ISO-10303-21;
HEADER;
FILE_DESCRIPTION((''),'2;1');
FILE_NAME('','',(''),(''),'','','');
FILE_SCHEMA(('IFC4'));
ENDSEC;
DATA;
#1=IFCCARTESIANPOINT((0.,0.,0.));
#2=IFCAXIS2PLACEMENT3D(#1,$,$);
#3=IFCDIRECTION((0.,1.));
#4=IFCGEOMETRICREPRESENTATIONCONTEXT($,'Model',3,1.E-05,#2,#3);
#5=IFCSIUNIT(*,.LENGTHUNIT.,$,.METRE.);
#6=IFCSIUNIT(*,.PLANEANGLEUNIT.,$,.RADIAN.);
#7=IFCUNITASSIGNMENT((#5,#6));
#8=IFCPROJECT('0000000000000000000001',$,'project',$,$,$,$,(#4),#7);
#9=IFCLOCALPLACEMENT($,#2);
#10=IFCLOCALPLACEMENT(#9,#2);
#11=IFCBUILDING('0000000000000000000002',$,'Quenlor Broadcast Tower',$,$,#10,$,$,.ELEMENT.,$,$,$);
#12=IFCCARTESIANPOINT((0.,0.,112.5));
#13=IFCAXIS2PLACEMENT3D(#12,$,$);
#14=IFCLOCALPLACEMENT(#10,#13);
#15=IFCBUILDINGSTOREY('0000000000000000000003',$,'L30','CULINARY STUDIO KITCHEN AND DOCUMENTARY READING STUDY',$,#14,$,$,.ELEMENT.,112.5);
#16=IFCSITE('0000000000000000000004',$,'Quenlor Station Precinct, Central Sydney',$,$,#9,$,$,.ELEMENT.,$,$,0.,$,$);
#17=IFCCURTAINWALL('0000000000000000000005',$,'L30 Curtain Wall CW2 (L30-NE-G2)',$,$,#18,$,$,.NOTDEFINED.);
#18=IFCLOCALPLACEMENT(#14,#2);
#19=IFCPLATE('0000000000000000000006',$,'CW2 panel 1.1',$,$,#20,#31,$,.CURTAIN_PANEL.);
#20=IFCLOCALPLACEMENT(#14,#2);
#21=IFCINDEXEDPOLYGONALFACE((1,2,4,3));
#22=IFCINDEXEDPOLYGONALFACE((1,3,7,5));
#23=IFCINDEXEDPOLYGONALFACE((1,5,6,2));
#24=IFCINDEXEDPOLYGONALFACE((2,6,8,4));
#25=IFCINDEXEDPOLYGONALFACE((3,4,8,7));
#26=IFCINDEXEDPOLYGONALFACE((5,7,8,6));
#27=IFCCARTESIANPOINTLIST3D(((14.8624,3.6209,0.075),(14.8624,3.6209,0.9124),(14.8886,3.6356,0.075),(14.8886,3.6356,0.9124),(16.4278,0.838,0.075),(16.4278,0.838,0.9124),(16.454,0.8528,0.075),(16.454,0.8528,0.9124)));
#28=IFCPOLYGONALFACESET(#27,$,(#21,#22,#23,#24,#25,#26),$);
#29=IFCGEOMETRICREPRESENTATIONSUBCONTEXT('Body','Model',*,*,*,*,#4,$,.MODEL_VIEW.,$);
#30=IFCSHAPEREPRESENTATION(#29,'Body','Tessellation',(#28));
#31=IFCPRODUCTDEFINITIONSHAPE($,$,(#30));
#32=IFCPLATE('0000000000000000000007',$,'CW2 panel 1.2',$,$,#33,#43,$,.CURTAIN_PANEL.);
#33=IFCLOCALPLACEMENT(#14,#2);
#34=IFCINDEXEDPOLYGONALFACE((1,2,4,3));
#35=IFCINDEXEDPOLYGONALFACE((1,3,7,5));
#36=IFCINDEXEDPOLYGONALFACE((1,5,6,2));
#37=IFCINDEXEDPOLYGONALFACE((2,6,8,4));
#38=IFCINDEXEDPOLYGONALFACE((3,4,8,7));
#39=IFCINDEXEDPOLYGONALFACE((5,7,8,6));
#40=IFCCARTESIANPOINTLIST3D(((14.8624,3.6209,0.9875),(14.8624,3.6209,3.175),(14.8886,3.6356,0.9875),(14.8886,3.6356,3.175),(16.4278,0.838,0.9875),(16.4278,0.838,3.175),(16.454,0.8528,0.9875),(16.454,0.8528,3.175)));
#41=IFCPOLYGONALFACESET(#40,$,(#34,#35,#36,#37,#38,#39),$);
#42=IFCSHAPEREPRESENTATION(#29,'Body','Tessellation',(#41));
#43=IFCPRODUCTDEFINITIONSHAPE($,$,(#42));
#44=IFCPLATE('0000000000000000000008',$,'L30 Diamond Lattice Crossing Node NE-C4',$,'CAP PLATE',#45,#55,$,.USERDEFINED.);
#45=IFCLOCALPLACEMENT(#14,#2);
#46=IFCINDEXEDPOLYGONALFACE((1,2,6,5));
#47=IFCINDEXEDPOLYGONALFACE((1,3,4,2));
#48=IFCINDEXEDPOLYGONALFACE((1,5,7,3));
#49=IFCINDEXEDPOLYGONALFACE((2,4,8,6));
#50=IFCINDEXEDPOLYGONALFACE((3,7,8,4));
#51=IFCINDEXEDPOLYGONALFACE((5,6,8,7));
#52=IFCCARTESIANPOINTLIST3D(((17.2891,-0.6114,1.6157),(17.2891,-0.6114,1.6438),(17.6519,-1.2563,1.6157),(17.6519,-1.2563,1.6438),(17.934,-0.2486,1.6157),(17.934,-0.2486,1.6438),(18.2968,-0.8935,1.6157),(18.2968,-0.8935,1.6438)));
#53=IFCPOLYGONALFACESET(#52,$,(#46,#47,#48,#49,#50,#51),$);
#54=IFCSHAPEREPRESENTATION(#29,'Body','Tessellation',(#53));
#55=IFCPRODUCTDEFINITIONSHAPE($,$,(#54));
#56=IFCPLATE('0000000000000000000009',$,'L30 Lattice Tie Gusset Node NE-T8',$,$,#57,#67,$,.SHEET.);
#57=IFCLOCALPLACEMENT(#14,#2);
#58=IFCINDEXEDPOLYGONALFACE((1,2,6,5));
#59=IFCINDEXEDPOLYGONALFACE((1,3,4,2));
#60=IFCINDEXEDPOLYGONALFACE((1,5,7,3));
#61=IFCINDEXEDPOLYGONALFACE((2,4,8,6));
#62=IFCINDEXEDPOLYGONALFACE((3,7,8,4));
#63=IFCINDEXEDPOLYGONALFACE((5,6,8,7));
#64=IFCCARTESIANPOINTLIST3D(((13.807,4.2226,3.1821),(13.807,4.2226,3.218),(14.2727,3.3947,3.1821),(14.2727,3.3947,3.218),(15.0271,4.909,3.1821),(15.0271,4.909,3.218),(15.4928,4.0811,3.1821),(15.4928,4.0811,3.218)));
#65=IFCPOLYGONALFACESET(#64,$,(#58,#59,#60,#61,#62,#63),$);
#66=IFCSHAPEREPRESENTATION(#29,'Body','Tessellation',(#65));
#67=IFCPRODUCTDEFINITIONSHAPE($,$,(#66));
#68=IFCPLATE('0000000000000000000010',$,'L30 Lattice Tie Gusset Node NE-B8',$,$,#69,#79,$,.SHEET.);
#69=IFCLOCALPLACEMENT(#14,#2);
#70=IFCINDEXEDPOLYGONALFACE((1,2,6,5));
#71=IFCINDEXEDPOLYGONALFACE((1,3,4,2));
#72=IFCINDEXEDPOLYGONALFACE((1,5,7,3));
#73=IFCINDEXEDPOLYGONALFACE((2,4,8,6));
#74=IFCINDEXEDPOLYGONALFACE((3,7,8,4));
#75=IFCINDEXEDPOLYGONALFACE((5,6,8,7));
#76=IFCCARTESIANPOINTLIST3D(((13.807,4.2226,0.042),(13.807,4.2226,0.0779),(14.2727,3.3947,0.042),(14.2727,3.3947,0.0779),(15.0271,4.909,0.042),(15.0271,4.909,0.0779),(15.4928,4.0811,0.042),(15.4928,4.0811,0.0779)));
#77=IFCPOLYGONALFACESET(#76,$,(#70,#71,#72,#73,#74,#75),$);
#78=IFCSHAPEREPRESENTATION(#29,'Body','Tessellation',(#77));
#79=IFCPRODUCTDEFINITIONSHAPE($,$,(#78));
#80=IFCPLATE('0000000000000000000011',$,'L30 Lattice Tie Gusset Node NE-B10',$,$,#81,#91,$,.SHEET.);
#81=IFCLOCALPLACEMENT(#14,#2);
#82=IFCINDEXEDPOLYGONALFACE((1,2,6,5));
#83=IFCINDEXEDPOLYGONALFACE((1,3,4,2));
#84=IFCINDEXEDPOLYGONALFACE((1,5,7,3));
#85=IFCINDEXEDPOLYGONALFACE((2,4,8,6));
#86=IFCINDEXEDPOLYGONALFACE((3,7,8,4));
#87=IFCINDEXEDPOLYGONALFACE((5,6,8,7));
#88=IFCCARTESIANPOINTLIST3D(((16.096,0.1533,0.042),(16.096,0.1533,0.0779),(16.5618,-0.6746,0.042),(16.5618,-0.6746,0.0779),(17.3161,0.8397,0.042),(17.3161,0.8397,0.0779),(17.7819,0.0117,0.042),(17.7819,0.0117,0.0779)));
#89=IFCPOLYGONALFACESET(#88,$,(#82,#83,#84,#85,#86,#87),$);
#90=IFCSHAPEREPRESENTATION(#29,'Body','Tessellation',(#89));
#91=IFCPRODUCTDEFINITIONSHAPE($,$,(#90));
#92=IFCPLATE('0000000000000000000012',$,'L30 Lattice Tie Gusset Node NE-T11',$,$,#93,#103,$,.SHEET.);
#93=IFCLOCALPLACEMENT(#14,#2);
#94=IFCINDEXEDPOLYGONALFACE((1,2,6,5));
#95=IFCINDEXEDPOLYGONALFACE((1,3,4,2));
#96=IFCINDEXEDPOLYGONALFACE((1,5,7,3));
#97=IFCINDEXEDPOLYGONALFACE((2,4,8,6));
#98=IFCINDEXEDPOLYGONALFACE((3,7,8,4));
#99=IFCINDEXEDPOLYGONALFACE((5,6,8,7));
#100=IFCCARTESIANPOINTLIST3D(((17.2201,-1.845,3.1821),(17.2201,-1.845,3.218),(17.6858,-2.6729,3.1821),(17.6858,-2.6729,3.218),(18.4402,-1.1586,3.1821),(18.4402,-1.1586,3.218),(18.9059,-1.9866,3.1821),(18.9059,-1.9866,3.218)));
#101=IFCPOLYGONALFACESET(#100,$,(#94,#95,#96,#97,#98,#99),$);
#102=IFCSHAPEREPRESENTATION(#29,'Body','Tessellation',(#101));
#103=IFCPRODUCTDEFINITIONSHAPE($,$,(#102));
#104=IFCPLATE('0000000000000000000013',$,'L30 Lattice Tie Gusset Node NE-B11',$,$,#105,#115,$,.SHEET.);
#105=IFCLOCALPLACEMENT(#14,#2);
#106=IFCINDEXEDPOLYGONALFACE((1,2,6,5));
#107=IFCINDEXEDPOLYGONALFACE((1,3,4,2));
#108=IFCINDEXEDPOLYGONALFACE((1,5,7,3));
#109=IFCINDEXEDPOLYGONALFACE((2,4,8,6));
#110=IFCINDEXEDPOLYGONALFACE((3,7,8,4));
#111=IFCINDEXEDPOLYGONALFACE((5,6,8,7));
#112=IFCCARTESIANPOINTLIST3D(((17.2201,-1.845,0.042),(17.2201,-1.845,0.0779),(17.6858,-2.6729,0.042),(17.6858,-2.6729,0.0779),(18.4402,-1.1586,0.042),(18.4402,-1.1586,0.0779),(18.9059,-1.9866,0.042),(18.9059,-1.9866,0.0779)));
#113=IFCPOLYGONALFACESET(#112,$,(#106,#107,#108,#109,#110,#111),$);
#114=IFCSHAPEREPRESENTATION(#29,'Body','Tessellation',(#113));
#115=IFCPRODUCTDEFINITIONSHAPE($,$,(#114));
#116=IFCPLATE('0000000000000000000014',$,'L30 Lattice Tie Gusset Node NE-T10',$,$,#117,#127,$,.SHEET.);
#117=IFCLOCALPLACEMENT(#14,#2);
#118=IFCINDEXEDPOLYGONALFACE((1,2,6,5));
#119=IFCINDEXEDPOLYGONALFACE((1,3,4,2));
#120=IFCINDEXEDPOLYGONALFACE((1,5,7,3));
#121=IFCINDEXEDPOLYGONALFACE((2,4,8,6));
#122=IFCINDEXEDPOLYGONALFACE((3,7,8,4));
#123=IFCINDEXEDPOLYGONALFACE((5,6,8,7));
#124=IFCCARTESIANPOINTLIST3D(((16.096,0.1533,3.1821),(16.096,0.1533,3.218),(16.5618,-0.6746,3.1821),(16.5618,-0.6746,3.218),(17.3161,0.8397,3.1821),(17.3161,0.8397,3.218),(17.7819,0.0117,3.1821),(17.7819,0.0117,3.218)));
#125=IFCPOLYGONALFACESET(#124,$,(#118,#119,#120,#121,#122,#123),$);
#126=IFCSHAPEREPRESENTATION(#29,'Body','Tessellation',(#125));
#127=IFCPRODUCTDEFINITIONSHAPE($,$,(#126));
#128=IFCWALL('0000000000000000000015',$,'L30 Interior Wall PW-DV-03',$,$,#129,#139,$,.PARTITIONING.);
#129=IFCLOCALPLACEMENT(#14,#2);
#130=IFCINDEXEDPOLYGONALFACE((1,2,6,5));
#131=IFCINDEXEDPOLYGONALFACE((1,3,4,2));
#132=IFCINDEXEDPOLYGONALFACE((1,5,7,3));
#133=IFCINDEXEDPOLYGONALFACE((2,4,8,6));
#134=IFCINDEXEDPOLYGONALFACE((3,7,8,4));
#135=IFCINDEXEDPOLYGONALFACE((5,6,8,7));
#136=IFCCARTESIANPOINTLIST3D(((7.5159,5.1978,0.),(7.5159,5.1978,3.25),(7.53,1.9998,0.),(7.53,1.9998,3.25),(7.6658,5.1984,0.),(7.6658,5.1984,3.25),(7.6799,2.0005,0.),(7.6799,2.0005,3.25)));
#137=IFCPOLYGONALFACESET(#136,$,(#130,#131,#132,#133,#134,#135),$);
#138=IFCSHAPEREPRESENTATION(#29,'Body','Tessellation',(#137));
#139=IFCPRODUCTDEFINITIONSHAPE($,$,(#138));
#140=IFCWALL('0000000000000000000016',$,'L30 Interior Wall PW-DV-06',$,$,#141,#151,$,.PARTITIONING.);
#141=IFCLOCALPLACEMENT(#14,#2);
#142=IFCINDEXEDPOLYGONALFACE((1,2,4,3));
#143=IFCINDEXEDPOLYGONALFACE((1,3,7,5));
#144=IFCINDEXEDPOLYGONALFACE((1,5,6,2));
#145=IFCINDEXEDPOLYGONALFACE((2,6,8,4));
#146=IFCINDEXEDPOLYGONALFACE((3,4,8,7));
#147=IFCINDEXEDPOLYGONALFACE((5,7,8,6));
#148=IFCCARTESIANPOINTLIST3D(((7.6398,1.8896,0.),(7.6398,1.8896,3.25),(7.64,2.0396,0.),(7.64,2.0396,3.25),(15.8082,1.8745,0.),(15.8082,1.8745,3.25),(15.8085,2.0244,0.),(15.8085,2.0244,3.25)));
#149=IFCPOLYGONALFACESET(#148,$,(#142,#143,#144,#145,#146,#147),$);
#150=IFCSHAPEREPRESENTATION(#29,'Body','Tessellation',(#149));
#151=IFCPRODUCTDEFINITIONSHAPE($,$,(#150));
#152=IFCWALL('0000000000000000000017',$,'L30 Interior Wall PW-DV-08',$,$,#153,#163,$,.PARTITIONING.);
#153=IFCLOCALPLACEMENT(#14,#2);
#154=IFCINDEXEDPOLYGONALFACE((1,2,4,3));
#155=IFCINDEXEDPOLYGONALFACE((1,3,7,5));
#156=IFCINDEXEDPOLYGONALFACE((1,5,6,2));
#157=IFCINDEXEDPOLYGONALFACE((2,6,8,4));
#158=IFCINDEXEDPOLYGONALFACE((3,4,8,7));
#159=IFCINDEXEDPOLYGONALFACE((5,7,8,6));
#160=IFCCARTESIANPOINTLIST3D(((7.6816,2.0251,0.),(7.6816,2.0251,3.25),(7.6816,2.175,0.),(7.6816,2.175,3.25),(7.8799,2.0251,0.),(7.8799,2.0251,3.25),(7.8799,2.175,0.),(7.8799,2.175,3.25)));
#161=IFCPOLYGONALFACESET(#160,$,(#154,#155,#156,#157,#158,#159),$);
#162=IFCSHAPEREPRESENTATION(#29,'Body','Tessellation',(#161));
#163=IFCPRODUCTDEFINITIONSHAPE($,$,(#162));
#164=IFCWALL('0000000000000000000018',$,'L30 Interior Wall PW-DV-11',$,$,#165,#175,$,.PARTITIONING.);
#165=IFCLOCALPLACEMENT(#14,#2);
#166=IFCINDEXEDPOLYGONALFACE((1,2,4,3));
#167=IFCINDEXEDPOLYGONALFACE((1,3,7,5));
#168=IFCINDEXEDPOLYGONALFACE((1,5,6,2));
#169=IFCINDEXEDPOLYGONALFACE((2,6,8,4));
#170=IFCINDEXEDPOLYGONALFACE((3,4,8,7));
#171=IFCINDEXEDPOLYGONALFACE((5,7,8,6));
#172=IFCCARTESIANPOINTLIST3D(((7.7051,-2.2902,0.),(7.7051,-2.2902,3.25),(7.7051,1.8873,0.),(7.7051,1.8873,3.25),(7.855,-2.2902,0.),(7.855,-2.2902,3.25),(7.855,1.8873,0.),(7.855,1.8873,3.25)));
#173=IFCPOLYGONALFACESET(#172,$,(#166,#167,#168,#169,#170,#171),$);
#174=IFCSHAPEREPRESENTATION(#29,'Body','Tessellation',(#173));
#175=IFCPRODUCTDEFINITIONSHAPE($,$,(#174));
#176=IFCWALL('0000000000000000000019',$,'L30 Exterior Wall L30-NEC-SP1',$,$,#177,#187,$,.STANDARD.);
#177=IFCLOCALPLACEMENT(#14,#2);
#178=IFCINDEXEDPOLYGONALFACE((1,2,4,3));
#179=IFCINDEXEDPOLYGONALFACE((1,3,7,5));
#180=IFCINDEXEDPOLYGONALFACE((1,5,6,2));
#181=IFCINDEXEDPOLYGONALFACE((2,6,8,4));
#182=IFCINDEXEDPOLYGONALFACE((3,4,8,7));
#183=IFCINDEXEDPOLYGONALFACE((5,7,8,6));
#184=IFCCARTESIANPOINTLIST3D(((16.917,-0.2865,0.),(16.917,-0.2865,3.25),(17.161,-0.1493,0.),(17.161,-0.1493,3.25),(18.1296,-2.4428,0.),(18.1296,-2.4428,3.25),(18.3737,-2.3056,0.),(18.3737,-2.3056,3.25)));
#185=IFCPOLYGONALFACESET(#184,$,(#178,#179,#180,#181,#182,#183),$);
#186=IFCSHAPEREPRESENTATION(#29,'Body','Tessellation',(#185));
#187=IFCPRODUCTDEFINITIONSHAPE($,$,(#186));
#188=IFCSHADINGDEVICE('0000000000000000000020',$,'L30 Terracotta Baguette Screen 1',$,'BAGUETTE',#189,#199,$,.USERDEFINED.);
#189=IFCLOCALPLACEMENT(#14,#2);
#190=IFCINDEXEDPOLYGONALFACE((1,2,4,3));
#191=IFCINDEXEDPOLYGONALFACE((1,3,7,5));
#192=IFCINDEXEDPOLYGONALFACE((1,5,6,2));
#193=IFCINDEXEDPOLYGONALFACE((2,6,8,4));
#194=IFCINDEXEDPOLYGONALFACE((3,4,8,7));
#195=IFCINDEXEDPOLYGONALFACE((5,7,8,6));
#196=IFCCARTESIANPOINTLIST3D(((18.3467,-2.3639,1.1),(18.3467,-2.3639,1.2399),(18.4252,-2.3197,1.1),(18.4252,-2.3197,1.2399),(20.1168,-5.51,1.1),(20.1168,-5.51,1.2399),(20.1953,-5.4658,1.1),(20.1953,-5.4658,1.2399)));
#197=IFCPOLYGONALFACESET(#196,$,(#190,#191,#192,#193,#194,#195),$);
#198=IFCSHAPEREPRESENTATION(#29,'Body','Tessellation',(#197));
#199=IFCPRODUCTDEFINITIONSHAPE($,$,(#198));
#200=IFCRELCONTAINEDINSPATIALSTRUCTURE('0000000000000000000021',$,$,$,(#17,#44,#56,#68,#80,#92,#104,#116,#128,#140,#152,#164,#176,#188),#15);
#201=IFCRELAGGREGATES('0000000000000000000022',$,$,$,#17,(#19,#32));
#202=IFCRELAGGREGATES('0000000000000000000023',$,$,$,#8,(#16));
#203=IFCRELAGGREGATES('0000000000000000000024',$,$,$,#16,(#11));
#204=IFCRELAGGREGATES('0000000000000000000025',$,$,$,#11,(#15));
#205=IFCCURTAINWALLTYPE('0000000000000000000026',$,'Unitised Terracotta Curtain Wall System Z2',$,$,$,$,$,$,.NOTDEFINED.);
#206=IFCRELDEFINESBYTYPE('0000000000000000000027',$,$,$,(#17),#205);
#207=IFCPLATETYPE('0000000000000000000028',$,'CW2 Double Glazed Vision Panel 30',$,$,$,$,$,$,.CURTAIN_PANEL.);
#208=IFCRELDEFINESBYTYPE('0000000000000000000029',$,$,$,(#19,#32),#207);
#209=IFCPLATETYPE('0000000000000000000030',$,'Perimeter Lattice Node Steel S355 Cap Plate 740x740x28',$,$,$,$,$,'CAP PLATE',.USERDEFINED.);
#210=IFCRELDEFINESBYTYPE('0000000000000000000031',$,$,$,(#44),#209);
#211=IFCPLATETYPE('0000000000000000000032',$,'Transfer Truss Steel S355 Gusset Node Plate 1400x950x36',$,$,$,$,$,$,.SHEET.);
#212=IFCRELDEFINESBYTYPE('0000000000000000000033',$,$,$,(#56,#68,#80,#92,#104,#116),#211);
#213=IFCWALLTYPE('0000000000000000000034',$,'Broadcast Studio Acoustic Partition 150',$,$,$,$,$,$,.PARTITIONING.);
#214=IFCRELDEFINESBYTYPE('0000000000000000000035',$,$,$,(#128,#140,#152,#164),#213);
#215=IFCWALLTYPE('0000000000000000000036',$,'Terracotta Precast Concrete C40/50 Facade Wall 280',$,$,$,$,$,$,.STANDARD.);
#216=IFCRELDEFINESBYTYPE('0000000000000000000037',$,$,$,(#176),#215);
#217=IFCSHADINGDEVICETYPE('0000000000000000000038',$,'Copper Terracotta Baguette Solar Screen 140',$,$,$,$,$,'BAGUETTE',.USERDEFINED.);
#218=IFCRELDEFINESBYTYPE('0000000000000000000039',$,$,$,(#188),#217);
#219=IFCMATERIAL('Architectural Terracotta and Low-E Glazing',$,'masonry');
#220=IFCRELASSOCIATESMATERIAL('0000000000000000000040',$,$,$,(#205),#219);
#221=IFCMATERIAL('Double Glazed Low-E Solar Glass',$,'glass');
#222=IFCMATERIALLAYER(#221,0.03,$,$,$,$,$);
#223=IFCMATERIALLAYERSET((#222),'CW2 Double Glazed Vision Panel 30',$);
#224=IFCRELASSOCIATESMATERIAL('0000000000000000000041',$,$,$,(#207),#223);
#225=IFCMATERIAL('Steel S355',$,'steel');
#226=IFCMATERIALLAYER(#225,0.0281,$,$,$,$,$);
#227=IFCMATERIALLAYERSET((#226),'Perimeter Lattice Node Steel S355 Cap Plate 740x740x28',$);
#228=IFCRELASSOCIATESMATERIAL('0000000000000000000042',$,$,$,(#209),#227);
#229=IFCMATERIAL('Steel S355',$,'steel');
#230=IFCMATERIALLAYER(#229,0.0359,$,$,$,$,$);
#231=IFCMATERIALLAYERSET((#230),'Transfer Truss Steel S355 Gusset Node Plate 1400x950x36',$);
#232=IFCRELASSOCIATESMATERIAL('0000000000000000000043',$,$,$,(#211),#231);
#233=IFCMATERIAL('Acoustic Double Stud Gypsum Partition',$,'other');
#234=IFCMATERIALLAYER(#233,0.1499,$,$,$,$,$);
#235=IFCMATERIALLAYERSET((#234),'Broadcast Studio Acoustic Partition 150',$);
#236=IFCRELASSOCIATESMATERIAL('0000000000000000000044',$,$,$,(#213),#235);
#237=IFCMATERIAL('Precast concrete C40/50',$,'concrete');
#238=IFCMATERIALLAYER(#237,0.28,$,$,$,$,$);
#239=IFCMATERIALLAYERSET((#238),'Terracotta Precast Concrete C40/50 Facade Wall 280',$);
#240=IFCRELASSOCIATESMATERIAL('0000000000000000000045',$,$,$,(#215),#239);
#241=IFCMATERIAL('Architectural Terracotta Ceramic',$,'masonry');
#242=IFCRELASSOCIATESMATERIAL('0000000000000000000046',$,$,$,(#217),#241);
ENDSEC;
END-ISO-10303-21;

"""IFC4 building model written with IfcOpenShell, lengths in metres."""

from ifc_helpers import new_model, si_unit, direction, frame, frame_2d, origin, origin_2d, place, context, subcontext, project, spatial, rectangle, extrude, material, layer, layer_set, material_profile, profile_set, type_object, element, aggregate, save


model = new_model("IFC4")

# Units and contexts
model_context = context("Model", 3, precision=1e-05, world=origin(), true_north=direction((0.0, 1.0)))
body_context = subcontext(model_context, "Body", "Model", "MODEL_VIEW")
ifc_project = project(units=[si_unit("LENGTHUNIT", "METRE"), si_unit("PLANEANGLEUNIT", "RADIAN")], contexts=[model_context])

# Site, building, storey
site_placement = place(None, origin())
site = spatial("IfcSite", under=ifc_project, at=site_placement, Name="Quenlor Station Precinct, Central Sydney", CompositionType="ELEMENT", RefElevation=0.0)
building_placement = place(site_placement, origin())
building = spatial("IfcBuilding", under=site, at=building_placement, Name="Quenlor Broadcast Tower", CompositionType="ELEMENT")
storey_placement = place(building_placement, frame((0.0, 0.0, 112.5)))
storey = spatial("IfcBuildingStorey", under=building, at=storey_placement, Name="L30", Description="CULINARY STUDIO KITCHEN AND DOCUMENTARY READING STUDY", CompositionType="ELEMENT", Elevation=112.5)

# Curtain wall
ifc_material_1 = material(Name="Architectural Terracotta and Low-E Glazing", Category="masonry")
curtain_wall_type = type_object("IfcCurtainWallType", Name="Unitised Terracotta Curtain Wall System Z2", PredefinedType="NOTDEFINED", material=ifc_material_1)
curtain_wall_placement = place(storey_placement, origin())
curtain_wall = element("IfcCurtainWall", 1, at=curtain_wall_placement, inside=storey, type_object=curtain_wall_type, Name="L30 Curtain Wall CW2 (L30-NE-G2)", PredefinedType="NOTDEFINED")

# Plates
ifc_material_2 = material(Name="Double Glazed Low-E Solar Glass", Category="glass")
ifc_layer_1 = layer(ifc_material_2, 0.03)
ifc_layer_set_1 = layer_set([ifc_layer_1], Name="CW2 Double Glazed Vision Panel 30")
plate_type_1 = type_object("IfcPlateType", Name="CW2 Double Glazed Vision Panel 30", PredefinedType="CURTAIN_PANEL", material=ifc_layer_set_1)
plate_1_placement = place(storey_placement, frame((15.6582, 2.2368, 0.075), z_axis=(0.0, 0.0, 1.0), x_axis=(0.490261, -0.871576, 0.0)))
plate_1 = element("IfcPlate", 2, at=plate_1_placement, type_object=plate_type_1, Name="CW2 panel 1.1", PredefinedType="CURTAIN_PANEL", context=body_context, shape_type="SweptSolid", body=[
    extrude(rectangle(XDim=3.1929, YDim=0.03, at=origin_2d()), origin(), (0.0, 0.0, 1.0), 0.8374),
])
plate_2_placement = place(storey_placement, frame((15.6582, 2.2368, 0.9875), z_axis=(0.0, 0.0, 1.0), x_axis=(0.490261, -0.871576, 0.0)))
plate_2 = element("IfcPlate", 3, at=plate_2_placement, type_object=plate_type_1, Name="CW2 panel 1.2", PredefinedType="CURTAIN_PANEL", context=body_context, shape_type="SweptSolid", body=[
    extrude(rectangle(XDim=3.1929, YDim=0.03, at=origin_2d()), origin(), (0.0, 0.0, 1.0), 2.1875),
])
aggregate(curtain_wall, [plate_1, plate_2])

# Plates
ifc_material_3 = material(Name="Steel S355", Category="steel")
ifc_layer_2 = layer(ifc_material_3, 0.0281)
ifc_layer_set_2 = layer_set([ifc_layer_2], Name="Perimeter Lattice Node Steel S355 Cap Plate 740x740x28")
plate_type_2 = type_object("IfcPlateType", Name="Perimeter Lattice Node Steel S355 Cap Plate 740x740x28", ElementType="CAP PLATE", PredefinedType="USERDEFINED", material=ifc_layer_set_2)
plate_3_placement = place(storey_placement, frame((17.793, -0.7524, 1.6157), z_axis=(0.0, 0.0, 1.0), x_axis=(0.490295, -0.871556, 0.0)))
element("IfcPlate", 4, at=plate_3_placement, inside=storey, type_object=plate_type_2, Name="L30 Diamond Lattice Crossing Node NE-C4", ObjectType="CAP PLATE", PredefinedType="USERDEFINED", context=body_context, shape_type="SweptSolid", body=[
    extrude(rectangle(XDim=0.74, YDim=0.74, at=origin_2d()), origin(), (0.0, 0.0, 1.0), 0.0281),
])
ifc_material_4 = material(Name="Steel S355", Category="steel")
ifc_layer_3 = layer(ifc_material_4, 0.0359)
ifc_layer_set_3 = layer_set([ifc_layer_3], Name="Transfer Truss Steel S355 Gusset Node Plate 1400x950x36")
plate_type_3 = type_object("IfcPlateType", Name="Transfer Truss Steel S355 Gusset Node Plate 1400x950x36", PredefinedType="SHEET", material=ifc_layer_set_3)
for number, where, z_axis, x_axis, name in (
    (5, (14.6499, 4.1519, 3.1821), (0.0, 0.0, 1.0), (0.871556, 0.490295, 0.0), "L30 Lattice Tie Gusset Node NE-T8"),
    (6, (14.6499, 4.1519, 0.042), (0.0, 0.0, 1.0), (0.871556, 0.490295, 0.0), "L30 Lattice Tie Gusset Node NE-B8"),
    (7, (16.939, 0.0825, 0.042), (0.0, 0.0, 1.0), (0.871556, 0.490295, 0.0), "L30 Lattice Tie Gusset Node NE-B10"),
    (8, (18.063, -1.9158, 3.1821), (0.0, 0.0, 1.0), (0.871556, 0.490295, 0.0), "L30 Lattice Tie Gusset Node NE-T11"),
    (9, (18.063, -1.9158, 0.042), (0.0, 0.0, 1.0), (0.871556, 0.490295, 0.0), "L30 Lattice Tie Gusset Node NE-B11"),
    (10, (16.939, 0.0825, 3.1821), (0.0, 0.0, 1.0), (0.871556, 0.490295, 0.0), "L30 Lattice Tie Gusset Node NE-T10"),
):
    element("IfcPlate", number, at=place(storey_placement, frame(where, z_axis=z_axis, x_axis=x_axis)), inside=storey, type_object=plate_type_3, Name=name, PredefinedType="SHEET", context=body_context, shape_type="SweptSolid", body=[
        extrude(rectangle(XDim=1.3999, YDim=0.95, at=origin_2d()), origin(), (0.0, 0.0, 1.0), 0.0359),
    ])

# Walls
ifc_material_5 = material(Name="Acoustic Double Stud Gypsum Partition", Category="other")
ifc_layer_4 = layer(ifc_material_5, 0.1499)
ifc_layer_set_4 = layer_set([ifc_layer_4], Name="Broadcast Studio Acoustic Partition 150")
wall_type_1 = type_object("IfcWallType", Name="Broadcast Studio Acoustic Partition 150", PredefinedType="PARTITIONING", material=ifc_layer_set_4)
wall_1_placement = place(storey_placement, frame((7.605, 2.0, 0.0), z_axis=(0.0, 0.0, 1.0), x_axis=(-0.004428, 0.99999, 0.0)))
element("IfcWall", 11, at=wall_1_placement, inside=storey, type_object=wall_type_1, Name="L30 Interior Wall PW-DV-03", PredefinedType="PARTITIONING", context=body_context, shape_type="SweptSolid", body=[
    extrude(rectangle(XDim=3.198, YDim=0.1499, at=frame_2d((1.5991, 0.0))), origin(), (0.0, 0.0, 1.0), 3.25),
])
wall_2_placement = place(storey_placement, frame((15.8083, 1.9495, 0.0), z_axis=(0.0, 0.0, 1.0), x_axis=(-0.999998, 0.001853, 0.0)))
element("IfcWall", 12, at=wall_2_placement, inside=storey, type_object=wall_type_1, Name="L30 Interior Wall PW-DV-06", PredefinedType="PARTITIONING", context=body_context, shape_type="SweptSolid", body=[
    extrude(rectangle(XDim=8.1685, YDim=0.1499, at=frame_2d((4.0842, 0.0))), origin(), (0.0, 0.0, 1.0), 3.25),
])
wall_3_placement = place(storey_placement, frame((7.8799, 2.1001, 0.0), z_axis=(0.0, 0.0, 1.0), x_axis=(-1.0, 0.0, 0.0)))
element("IfcWall", 13, at=wall_3_placement, inside=storey, type_object=wall_type_1, Name="L30 Interior Wall PW-DV-08", PredefinedType="PARTITIONING", context=body_context, shape_type="SweptSolid", body=[
    extrude(rectangle(XDim=0.1982, YDim=0.1499, at=frame_2d((0.0991, 0.0))), origin(), (0.0, 0.0, 1.0), 3.25),
])
wall_4_placement = place(storey_placement, frame((7.78, 1.8875, 0.0), z_axis=(0.0, 0.0, 1.0), x_axis=(0.0, -1.0, 0.0)))
element("IfcWall", 14, at=wall_4_placement, inside=storey, type_object=wall_type_1, Name="L30 Interior Wall PW-DV-11", PredefinedType="PARTITIONING", context=body_context, shape_type="SweptSolid", body=[
    extrude(rectangle(XDim=4.1775, YDim=0.1499, at=frame_2d((2.0889, 0.0))), origin(), (0.0, 0.0, 1.0), 3.25),
])
ifc_material_6 = material(Name="Precast concrete C40/50", Category="concrete")
ifc_layer_5 = layer(ifc_material_6, 0.28)
ifc_layer_set_5 = layer_set([ifc_layer_5], Name="Terracotta Precast Concrete C40/50 Facade Wall 280")
wall_type_2 = type_object("IfcWallType", Name="Terracotta Precast Concrete C40/50 Facade Wall 280", PredefinedType="STANDARD", material=ifc_layer_set_5)
wall_5_placement = place(storey_placement, frame((17.0391, -0.218, 0.0), z_axis=(0.0, 0.0, 1.0), x_axis=(0.490186, -0.871618, 0.0)))
element("IfcWall", 15, at=wall_5_placement, inside=storey, type_object=wall_type_2, Name="L30 Exterior Wall L30-NEC-SP1", PredefinedType="STANDARD", context=body_context, shape_type="SweptSolid", body=[
    extrude(rectangle(XDim=2.4739, YDim=0.28, at=frame_2d((1.2368, 0.0))), origin(), (0.0, 0.0, 1.0), 3.25),
])

# Shading device
ifc_material_7 = material(Name="Architectural Terracotta Ceramic", Category="masonry")
ifc_material_profile_1 = material_profile(ifc_material_7, rectangle(XDim=0.0901, YDim=0.1399, at=origin_2d()))
ifc_profile_set_1 = profile_set([ifc_material_profile_1], Name="Architectural Terracotta Ceramic BAG90x140")
shading_device_type = type_object("IfcShadingDeviceType", Name="Copper Terracotta Baguette Solar Screen 140", ElementType="BAGUETTE", PredefinedType="USERDEFINED", material=ifc_profile_set_1)
for number, where, z_axis, x_axis, name in (
    (16, (18.386, -2.3418, 1.1699), (0.490345, -0.871529, 0.0), (0.871529, 0.490345, 0.0), "L30 Terracotta Baguette Screen 1"),
):
    element("IfcShadingDevice", number, at=place(storey_placement, frame(where, z_axis=z_axis, x_axis=x_axis)), inside=storey, type_object=shading_device_type, Name=name, ObjectType="BAGUETTE", PredefinedType="USERDEFINED", context=body_context, shape_type="SweptSolid", body=[
        extrude(rectangle(XDim=0.0901, YDim=0.1399, at=origin_2d()), origin(), (0.0, 0.0, 1.0), 3.6099),
    ])

save(model, "model.ifc")
